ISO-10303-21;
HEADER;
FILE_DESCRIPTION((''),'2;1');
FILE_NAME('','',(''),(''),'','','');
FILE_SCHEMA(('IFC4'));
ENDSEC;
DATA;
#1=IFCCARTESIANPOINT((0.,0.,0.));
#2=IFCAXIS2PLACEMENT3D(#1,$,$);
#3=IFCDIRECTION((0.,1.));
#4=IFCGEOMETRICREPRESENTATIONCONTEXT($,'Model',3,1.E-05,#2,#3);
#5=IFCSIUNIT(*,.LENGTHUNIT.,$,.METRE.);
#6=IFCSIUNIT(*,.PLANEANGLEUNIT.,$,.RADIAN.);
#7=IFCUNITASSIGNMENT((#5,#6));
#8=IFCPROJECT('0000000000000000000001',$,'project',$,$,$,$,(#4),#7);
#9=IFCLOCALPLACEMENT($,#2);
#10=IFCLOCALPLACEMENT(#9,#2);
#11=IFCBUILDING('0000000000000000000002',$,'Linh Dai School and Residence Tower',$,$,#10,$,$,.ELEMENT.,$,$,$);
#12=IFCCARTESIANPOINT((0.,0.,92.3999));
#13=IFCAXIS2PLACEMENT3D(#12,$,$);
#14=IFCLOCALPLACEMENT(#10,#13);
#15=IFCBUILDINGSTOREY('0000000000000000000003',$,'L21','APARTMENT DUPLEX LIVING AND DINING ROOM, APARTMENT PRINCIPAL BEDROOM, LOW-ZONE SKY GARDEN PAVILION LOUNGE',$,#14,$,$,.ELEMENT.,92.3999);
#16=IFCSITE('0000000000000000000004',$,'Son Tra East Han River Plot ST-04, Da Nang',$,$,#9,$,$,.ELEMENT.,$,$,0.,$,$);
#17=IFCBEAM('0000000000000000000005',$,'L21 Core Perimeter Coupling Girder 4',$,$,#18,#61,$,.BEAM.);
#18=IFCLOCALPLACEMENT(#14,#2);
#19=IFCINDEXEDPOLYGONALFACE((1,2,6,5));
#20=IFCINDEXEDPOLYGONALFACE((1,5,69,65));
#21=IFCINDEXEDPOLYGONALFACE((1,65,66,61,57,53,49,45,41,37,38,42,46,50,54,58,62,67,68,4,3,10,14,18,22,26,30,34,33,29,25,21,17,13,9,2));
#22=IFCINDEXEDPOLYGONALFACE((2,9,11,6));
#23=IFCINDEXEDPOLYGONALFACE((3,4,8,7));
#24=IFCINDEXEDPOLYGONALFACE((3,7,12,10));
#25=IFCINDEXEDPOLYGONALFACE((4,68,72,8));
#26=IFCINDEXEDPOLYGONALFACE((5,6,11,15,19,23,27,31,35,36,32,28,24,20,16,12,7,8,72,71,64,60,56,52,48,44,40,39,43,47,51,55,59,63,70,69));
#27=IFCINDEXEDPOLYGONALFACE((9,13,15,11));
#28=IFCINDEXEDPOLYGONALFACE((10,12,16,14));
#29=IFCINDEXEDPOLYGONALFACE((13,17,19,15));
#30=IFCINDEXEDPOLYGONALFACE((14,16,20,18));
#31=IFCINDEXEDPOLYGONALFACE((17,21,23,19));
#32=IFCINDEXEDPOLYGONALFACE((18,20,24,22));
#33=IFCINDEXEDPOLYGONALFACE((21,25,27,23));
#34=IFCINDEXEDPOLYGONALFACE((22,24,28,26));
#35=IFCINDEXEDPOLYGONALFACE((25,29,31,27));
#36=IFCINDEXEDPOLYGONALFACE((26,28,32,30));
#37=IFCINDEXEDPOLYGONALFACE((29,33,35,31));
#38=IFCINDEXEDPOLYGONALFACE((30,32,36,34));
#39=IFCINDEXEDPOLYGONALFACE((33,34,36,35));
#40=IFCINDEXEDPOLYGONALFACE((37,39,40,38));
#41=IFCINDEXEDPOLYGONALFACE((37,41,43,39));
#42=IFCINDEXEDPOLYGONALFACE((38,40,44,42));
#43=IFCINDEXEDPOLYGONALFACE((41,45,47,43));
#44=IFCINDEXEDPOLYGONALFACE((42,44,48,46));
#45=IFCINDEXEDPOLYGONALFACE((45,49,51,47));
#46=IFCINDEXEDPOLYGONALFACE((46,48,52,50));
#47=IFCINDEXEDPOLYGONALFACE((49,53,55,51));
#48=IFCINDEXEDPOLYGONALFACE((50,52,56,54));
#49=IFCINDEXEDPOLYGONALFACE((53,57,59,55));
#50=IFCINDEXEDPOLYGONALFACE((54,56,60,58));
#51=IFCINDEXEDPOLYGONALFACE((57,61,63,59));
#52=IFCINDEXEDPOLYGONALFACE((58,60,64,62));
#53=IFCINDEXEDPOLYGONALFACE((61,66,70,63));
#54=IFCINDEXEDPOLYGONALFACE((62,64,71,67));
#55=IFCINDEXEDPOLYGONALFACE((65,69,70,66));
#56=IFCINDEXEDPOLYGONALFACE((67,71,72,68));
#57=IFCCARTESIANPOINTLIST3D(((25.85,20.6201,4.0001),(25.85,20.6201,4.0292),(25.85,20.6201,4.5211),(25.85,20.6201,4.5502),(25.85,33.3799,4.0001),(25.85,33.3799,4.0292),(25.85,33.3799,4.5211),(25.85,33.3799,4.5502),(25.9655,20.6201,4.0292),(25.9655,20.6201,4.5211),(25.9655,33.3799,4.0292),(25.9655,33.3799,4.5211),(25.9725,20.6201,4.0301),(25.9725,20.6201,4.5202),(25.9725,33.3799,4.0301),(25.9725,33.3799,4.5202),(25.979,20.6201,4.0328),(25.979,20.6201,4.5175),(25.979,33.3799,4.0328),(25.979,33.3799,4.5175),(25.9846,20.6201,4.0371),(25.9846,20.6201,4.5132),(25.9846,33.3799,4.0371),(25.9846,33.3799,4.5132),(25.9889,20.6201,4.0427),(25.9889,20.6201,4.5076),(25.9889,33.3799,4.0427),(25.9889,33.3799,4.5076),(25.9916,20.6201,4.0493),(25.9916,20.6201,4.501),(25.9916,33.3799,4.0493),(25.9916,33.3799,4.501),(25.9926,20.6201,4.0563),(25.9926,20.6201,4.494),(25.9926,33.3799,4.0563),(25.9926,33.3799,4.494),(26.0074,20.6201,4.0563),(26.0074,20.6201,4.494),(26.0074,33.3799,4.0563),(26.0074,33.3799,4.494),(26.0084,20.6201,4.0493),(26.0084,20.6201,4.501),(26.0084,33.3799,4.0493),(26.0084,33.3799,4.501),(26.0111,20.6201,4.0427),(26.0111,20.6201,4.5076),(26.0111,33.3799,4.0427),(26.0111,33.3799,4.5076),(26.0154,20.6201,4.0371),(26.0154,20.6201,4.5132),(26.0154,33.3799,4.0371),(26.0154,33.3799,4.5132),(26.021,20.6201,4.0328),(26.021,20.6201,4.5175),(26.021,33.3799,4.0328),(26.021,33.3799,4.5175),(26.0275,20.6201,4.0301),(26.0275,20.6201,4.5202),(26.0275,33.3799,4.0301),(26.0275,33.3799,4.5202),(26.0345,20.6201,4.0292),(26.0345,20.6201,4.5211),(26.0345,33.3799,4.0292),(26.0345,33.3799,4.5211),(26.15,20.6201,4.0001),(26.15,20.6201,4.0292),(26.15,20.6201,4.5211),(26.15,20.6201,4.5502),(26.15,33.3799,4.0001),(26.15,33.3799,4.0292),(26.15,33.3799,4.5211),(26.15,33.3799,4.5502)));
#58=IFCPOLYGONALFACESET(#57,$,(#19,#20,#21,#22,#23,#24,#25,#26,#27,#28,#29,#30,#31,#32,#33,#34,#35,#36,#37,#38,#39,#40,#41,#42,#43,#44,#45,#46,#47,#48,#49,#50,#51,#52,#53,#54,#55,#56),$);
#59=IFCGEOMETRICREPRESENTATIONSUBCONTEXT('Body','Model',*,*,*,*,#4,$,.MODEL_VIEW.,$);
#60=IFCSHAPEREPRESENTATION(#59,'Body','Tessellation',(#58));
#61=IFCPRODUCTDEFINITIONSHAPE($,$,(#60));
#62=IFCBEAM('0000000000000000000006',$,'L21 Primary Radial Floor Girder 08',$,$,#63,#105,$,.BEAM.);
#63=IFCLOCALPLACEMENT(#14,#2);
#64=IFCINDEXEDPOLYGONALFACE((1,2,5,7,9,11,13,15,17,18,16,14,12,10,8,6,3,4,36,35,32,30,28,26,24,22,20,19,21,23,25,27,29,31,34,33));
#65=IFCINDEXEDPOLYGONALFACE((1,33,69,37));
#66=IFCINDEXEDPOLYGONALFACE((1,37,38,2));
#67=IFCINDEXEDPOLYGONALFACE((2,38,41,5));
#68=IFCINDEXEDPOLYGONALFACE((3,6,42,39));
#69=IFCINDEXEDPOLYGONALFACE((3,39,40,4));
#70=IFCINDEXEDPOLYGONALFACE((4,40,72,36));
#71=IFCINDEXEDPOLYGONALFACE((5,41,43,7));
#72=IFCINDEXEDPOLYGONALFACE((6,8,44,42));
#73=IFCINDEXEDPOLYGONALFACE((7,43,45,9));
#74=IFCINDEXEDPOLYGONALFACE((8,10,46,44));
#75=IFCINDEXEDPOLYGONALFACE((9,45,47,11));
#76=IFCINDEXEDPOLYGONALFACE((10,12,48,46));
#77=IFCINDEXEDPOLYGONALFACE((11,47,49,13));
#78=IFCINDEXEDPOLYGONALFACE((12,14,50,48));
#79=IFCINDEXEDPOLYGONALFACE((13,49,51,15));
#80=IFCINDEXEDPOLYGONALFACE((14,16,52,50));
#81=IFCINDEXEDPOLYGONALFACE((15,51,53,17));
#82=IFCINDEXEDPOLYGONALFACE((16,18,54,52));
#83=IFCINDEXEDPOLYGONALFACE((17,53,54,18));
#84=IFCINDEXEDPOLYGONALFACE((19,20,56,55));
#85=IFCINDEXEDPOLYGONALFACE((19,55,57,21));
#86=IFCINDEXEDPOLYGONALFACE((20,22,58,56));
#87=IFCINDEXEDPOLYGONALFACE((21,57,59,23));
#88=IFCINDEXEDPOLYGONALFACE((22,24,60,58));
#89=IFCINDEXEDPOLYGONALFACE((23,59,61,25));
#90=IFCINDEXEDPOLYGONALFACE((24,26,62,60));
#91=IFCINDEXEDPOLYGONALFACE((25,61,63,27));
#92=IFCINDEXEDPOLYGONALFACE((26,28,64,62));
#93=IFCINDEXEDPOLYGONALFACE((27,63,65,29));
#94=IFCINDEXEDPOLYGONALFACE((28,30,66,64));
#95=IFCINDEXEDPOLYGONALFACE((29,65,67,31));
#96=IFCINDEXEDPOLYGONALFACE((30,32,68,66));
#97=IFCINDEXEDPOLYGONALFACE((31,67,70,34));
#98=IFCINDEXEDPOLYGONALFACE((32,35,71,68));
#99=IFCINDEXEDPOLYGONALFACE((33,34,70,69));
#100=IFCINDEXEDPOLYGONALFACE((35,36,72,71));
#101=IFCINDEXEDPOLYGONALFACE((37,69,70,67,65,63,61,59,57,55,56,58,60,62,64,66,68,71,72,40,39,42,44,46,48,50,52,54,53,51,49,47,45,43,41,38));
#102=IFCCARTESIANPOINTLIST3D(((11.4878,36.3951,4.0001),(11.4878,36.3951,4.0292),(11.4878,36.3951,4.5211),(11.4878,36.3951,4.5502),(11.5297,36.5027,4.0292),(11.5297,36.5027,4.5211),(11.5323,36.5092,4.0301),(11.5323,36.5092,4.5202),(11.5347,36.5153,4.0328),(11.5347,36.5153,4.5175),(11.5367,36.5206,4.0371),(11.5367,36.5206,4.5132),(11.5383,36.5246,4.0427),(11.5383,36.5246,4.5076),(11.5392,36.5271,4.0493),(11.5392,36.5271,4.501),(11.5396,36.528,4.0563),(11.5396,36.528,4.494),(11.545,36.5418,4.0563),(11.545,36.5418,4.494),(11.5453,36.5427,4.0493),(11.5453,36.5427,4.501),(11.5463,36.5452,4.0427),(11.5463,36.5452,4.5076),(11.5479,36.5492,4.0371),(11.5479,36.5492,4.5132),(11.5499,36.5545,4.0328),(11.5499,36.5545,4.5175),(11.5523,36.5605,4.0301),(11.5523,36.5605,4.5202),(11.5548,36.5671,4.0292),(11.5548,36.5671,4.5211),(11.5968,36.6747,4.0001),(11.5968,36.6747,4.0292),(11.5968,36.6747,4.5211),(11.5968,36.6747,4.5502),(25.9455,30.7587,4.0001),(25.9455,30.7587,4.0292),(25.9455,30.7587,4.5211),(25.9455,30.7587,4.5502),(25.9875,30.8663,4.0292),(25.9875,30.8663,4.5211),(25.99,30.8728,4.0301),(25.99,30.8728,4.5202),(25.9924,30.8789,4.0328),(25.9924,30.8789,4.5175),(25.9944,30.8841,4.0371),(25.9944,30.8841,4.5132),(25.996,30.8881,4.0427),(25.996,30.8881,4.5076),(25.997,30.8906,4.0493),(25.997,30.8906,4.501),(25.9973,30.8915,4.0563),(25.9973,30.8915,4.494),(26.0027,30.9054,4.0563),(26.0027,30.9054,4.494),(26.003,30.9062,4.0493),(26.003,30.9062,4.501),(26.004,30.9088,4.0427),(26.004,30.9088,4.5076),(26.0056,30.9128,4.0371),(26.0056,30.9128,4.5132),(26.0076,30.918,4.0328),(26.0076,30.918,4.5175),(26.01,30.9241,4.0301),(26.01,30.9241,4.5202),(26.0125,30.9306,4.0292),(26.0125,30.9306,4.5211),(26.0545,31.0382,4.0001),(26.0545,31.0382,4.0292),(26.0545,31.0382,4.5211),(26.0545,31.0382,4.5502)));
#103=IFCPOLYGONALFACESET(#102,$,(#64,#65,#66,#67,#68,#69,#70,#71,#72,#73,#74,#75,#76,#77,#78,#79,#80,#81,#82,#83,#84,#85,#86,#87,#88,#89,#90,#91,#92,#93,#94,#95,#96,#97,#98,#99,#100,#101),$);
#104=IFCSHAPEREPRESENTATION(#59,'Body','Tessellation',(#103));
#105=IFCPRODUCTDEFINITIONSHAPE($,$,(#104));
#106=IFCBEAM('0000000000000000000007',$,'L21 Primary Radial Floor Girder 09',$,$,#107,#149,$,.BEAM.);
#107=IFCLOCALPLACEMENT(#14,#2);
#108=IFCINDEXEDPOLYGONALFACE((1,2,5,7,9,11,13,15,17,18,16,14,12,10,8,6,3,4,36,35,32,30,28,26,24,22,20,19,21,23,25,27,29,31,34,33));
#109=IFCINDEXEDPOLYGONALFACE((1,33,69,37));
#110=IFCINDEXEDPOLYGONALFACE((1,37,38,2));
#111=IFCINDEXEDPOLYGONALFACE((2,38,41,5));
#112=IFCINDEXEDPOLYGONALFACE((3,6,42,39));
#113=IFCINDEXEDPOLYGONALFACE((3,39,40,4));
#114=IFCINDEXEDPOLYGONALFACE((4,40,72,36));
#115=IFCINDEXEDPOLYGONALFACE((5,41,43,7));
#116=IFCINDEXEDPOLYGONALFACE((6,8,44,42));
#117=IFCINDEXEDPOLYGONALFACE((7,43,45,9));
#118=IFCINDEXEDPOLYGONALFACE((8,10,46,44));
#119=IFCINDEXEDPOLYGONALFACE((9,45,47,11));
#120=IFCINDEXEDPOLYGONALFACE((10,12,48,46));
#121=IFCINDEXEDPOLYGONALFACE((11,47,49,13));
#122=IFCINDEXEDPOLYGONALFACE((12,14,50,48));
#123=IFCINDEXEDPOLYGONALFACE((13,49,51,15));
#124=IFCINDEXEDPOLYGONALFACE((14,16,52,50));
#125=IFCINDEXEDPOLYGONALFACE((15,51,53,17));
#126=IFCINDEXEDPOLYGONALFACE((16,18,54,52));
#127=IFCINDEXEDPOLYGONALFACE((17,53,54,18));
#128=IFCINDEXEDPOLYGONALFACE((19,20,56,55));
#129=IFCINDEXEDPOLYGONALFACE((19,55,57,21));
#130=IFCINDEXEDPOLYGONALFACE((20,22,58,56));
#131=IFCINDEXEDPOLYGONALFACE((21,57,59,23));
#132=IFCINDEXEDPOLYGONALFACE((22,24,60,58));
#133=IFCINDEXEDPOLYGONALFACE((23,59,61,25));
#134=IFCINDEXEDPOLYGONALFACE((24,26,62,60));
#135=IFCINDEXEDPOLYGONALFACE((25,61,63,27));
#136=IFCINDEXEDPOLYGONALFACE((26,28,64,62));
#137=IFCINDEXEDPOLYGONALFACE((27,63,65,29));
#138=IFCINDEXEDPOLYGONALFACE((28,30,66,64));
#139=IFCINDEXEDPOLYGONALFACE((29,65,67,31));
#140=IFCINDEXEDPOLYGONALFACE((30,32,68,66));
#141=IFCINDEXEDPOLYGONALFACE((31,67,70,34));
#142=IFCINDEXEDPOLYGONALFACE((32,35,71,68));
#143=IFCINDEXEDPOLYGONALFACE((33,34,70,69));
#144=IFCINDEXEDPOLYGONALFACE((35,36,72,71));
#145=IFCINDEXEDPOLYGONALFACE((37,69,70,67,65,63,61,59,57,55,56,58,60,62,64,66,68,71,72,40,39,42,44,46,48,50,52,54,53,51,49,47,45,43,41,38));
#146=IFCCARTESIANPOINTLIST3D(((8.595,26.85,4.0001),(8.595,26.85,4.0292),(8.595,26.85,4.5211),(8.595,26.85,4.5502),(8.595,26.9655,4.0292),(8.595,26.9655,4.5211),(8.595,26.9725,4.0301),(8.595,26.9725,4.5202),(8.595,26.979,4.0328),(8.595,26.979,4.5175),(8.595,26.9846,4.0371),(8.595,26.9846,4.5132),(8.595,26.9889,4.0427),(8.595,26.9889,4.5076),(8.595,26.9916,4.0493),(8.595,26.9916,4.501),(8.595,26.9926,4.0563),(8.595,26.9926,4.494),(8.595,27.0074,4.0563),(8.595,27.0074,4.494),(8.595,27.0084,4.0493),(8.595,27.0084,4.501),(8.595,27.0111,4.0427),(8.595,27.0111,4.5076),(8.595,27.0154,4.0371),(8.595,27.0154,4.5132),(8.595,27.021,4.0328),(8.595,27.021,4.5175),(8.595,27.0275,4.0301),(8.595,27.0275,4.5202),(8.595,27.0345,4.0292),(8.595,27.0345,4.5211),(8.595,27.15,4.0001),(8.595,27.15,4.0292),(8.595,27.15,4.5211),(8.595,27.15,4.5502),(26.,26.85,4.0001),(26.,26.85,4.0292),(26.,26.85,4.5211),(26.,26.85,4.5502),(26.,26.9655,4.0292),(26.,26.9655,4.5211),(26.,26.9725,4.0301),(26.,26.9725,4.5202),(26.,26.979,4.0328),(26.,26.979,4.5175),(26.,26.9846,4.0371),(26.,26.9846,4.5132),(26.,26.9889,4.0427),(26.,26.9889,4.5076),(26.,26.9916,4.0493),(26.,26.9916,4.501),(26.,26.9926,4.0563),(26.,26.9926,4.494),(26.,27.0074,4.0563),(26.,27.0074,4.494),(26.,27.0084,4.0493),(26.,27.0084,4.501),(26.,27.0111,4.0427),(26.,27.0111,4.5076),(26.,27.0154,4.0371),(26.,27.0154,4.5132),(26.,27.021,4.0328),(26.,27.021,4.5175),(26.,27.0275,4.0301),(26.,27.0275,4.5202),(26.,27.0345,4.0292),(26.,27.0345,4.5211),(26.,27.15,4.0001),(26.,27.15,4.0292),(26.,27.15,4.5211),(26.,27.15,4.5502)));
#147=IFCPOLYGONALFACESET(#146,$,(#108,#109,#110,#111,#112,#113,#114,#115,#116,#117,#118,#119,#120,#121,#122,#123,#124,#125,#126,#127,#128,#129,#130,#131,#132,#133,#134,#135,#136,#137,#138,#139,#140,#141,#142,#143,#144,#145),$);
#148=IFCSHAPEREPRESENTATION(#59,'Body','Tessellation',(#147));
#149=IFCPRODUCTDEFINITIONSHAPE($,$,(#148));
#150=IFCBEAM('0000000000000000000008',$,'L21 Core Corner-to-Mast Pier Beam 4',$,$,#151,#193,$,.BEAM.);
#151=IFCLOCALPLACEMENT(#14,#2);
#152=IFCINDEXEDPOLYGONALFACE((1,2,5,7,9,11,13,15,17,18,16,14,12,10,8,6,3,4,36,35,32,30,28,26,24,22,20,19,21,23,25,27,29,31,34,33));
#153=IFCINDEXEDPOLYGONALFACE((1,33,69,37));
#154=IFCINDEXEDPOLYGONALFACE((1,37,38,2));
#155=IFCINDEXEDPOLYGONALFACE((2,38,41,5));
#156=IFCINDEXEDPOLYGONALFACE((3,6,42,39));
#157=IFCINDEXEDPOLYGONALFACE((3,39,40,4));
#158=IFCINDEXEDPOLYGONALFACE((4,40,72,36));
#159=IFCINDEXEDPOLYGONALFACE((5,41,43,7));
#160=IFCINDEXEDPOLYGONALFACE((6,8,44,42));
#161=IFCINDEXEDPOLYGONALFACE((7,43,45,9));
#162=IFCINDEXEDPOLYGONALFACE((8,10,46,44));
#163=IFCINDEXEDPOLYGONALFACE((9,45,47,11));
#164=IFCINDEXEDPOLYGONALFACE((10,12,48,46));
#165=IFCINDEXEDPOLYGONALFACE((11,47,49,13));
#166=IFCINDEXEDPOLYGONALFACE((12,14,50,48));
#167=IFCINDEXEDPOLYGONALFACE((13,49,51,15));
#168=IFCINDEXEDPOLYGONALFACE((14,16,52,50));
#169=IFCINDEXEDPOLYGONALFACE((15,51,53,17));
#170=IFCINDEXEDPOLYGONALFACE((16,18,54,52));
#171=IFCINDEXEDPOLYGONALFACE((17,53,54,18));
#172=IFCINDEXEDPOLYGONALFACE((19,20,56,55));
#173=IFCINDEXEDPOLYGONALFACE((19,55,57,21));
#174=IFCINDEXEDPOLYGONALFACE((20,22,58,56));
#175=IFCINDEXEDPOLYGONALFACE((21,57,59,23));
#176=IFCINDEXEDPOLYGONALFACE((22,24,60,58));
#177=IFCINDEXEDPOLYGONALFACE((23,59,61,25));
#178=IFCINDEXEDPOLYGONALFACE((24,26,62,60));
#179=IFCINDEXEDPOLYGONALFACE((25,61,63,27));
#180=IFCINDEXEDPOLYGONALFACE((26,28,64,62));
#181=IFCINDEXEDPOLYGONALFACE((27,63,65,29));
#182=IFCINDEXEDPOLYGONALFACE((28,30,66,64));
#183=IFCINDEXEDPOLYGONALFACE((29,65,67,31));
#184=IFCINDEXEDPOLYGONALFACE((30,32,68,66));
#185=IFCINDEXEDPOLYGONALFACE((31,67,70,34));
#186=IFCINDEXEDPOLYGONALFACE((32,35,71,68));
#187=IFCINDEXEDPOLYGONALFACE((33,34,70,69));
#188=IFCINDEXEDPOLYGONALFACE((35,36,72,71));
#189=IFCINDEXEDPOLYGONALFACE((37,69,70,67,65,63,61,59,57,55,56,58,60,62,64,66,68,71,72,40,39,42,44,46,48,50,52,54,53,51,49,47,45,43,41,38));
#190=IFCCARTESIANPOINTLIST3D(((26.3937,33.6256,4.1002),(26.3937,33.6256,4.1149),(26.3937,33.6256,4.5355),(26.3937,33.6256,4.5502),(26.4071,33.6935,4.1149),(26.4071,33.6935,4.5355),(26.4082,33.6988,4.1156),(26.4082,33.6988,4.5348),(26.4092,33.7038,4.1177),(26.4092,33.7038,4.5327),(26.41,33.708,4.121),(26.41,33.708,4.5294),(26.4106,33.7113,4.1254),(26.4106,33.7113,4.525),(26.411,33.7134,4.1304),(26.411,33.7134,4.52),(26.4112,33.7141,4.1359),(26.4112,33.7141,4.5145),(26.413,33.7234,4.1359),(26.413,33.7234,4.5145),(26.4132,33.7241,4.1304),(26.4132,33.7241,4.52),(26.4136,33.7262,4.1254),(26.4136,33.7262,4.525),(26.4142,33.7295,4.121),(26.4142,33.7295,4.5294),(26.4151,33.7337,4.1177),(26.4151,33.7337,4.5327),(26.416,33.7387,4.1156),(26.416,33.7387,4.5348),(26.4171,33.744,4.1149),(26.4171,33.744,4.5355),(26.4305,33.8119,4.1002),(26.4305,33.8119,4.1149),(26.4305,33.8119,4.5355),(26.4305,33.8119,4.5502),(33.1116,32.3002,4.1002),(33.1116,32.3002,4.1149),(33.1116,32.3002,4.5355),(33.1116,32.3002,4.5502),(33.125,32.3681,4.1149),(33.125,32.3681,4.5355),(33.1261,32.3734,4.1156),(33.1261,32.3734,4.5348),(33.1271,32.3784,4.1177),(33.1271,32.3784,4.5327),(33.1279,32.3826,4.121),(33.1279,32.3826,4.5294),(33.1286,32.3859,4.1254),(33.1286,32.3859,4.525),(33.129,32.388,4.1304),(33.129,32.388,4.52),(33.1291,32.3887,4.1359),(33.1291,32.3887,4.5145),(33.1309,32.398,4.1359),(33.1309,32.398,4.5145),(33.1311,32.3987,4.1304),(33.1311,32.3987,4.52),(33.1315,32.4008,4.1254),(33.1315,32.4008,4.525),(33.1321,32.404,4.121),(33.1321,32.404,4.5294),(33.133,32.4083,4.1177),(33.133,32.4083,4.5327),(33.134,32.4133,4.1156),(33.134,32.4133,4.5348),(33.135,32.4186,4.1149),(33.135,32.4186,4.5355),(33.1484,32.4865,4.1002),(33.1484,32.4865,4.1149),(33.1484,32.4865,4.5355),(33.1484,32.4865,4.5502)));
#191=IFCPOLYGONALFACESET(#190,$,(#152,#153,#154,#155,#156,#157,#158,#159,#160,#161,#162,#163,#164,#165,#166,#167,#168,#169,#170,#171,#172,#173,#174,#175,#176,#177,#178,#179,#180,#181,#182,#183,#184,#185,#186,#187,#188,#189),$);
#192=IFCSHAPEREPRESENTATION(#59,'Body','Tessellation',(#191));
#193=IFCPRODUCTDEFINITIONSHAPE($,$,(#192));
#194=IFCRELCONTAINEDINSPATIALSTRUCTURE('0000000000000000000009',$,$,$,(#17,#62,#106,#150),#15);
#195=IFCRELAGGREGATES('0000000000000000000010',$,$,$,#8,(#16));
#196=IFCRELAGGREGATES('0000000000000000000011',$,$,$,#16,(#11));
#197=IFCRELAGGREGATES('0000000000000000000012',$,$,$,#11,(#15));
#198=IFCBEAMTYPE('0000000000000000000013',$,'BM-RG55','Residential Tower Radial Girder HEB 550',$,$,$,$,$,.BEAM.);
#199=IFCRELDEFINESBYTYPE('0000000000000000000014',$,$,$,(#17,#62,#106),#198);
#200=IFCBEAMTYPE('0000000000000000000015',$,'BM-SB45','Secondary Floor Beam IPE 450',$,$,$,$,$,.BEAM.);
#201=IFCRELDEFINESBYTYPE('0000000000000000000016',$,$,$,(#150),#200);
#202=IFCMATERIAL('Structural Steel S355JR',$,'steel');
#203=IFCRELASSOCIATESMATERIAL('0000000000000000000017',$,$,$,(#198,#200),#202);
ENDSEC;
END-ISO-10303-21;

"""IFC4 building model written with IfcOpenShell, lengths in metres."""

from ifc_helpers import new_model, si_unit, direction, frame, origin, origin_2d, place, context, subcontext, project, spatial, i_section, extrude, material, material_profile, profile_set, type_object, element, save


model = new_model("IFC4")

# Units and contexts
model_context = context("Model", 3, precision=1e-05, world=origin(), true_north=direction((0.0, 1.0)))
body_context = subcontext(model_context, "Body", "Model", "MODEL_VIEW")
ifc_project = project(units=[si_unit("LENGTHUNIT", "METRE"), si_unit("PLANEANGLEUNIT", "RADIAN")], contexts=[model_context])

# Site, building, storey
site_placement = place(None, origin())
site = spatial("IfcSite", under=ifc_project, at=site_placement, Name="Son Tra East Han River Plot ST-04, Da Nang", CompositionType="ELEMENT", RefElevation=0.0)
building_placement = place(site_placement, origin())
building = spatial("IfcBuilding", under=site, at=building_placement, Name="Linh Dai School and Residence Tower", CompositionType="ELEMENT")
storey_placement = place(building_placement, frame((0.0, 0.0, 92.3999)))
storey = spatial("IfcBuildingStorey", under=building, at=storey_placement, Name="L21", Description="APARTMENT DUPLEX LIVING AND DINING ROOM, APARTMENT PRINCIPAL BEDROOM, LOW-ZONE SKY GARDEN PAVILION LOUNGE", CompositionType="ELEMENT", Elevation=92.3999)

# Shared definitions
ifc_material_1 = material(Name="Structural Steel S355JR", Category="steel")

# Beams
ifc_material_profile_1 = material_profile(ifc_material_1, i_section(OverallWidth=0.3, OverallDepth=0.55, WebThickness=0.0149, FlangeThickness=0.0291, FilletRadius=0.0271, at=origin_2d()), Name="HEB 550")
ifc_profile_set_1 = profile_set([ifc_material_profile_1], Name="Structural Steel S355JR")
beam_type_1 = type_object("IfcBeamType", Name="BM-RG55", Description="Residential Tower Radial Girder HEB 550", PredefinedType="BEAM", material=ifc_profile_set_1)
beam_1_placement = place(storey_placement, frame((26.0, 33.3799, 4.2751), z_axis=(0.0, -1.0, 0.0), x_axis=(1.0, 0.0, 0.0)))
element("IfcBeam", 1, at=beam_1_placement, inside=storey, type_object=beam_type_1, Name="L21 Core Perimeter Coupling Girder 4", PredefinedType="BEAM", context=body_context, shape_type="SweptSolid", body=[
    extrude(i_section(OverallWidth=0.3, OverallDepth=0.55, WebThickness=0.0149, FlangeThickness=0.0291, FilletRadius=0.0271, at=origin_2d()), origin(), (0.0, 0.0, 1.0), 12.7598),
])
beam_2_placement = place(storey_placement, frame((26.0, 30.8984, 4.2751), z_axis=(-0.931699, 0.36323, 0.0), x_axis=(-0.36323, -0.931699, 0.0)))
element("IfcBeam", 2, at=beam_2_placement, inside=storey, type_object=beam_type_1, Name="L21 Primary Radial Floor Girder 08", PredefinedType="BEAM", context=body_context, shape_type="SweptSolid", body=[
    extrude(i_section(OverallWidth=0.3, OverallDepth=0.55, WebThickness=0.0149, FlangeThickness=0.0291, FilletRadius=0.0271, at=origin_2d()), origin(), (0.0, 0.0, 1.0), 15.5176),
])
beam_3_placement = place(storey_placement, frame((26.0, 27.0, 4.2751), z_axis=(-1.0, 0.0, 0.0), x_axis=(0.0, -1.0, 0.0)))
element("IfcBeam", 3, at=beam_3_placement, inside=storey, type_object=beam_type_1, Name="L21 Primary Radial Floor Girder 09", PredefinedType="BEAM", context=body_context, shape_type="SweptSolid", body=[
    extrude(i_section(OverallWidth=0.3, OverallDepth=0.55, WebThickness=0.0149, FlangeThickness=0.0291, FilletRadius=0.0271, at=origin_2d()), origin(), (0.0, 0.0, 1.0), 17.405),
])
ifc_material_profile_2 = material_profile(ifc_material_1, i_section(OverallWidth=0.1899, OverallDepth=0.45, WebThickness=0.0095, FlangeThickness=0.0146, FilletRadius=0.021, at=origin_2d()), Name="IPE 450")
ifc_profile_set_2 = profile_set([ifc_material_profile_2], Name="Structural Steel S355JR")
beam_type_2 = type_object("IfcBeamType", Name="BM-SB45", Description="Secondary Floor Beam IPE 450", PredefinedType="BEAM", material=ifc_profile_set_2)
beam_4_placement = place(storey_placement, frame((26.4121, 33.7188, 4.3252), z_axis=(0.981087, -0.193565, 0.0), x_axis=(0.193565, 0.981087, 0.0)))
element("IfcBeam", 4, at=beam_4_placement, inside=storey, type_object=beam_type_2, Name="L21 Core Corner-to-Mast Pier Beam 4", PredefinedType="BEAM", context=body_context, shape_type="SweptSolid", body=[
    extrude(i_section(OverallWidth=0.1899, OverallDepth=0.45, WebThickness=0.0095, FlangeThickness=0.0146, FilletRadius=0.021, at=origin_2d()), origin(), (0.0, 0.0, 1.0), 6.8474),
])

save(model, "model.ifc")
